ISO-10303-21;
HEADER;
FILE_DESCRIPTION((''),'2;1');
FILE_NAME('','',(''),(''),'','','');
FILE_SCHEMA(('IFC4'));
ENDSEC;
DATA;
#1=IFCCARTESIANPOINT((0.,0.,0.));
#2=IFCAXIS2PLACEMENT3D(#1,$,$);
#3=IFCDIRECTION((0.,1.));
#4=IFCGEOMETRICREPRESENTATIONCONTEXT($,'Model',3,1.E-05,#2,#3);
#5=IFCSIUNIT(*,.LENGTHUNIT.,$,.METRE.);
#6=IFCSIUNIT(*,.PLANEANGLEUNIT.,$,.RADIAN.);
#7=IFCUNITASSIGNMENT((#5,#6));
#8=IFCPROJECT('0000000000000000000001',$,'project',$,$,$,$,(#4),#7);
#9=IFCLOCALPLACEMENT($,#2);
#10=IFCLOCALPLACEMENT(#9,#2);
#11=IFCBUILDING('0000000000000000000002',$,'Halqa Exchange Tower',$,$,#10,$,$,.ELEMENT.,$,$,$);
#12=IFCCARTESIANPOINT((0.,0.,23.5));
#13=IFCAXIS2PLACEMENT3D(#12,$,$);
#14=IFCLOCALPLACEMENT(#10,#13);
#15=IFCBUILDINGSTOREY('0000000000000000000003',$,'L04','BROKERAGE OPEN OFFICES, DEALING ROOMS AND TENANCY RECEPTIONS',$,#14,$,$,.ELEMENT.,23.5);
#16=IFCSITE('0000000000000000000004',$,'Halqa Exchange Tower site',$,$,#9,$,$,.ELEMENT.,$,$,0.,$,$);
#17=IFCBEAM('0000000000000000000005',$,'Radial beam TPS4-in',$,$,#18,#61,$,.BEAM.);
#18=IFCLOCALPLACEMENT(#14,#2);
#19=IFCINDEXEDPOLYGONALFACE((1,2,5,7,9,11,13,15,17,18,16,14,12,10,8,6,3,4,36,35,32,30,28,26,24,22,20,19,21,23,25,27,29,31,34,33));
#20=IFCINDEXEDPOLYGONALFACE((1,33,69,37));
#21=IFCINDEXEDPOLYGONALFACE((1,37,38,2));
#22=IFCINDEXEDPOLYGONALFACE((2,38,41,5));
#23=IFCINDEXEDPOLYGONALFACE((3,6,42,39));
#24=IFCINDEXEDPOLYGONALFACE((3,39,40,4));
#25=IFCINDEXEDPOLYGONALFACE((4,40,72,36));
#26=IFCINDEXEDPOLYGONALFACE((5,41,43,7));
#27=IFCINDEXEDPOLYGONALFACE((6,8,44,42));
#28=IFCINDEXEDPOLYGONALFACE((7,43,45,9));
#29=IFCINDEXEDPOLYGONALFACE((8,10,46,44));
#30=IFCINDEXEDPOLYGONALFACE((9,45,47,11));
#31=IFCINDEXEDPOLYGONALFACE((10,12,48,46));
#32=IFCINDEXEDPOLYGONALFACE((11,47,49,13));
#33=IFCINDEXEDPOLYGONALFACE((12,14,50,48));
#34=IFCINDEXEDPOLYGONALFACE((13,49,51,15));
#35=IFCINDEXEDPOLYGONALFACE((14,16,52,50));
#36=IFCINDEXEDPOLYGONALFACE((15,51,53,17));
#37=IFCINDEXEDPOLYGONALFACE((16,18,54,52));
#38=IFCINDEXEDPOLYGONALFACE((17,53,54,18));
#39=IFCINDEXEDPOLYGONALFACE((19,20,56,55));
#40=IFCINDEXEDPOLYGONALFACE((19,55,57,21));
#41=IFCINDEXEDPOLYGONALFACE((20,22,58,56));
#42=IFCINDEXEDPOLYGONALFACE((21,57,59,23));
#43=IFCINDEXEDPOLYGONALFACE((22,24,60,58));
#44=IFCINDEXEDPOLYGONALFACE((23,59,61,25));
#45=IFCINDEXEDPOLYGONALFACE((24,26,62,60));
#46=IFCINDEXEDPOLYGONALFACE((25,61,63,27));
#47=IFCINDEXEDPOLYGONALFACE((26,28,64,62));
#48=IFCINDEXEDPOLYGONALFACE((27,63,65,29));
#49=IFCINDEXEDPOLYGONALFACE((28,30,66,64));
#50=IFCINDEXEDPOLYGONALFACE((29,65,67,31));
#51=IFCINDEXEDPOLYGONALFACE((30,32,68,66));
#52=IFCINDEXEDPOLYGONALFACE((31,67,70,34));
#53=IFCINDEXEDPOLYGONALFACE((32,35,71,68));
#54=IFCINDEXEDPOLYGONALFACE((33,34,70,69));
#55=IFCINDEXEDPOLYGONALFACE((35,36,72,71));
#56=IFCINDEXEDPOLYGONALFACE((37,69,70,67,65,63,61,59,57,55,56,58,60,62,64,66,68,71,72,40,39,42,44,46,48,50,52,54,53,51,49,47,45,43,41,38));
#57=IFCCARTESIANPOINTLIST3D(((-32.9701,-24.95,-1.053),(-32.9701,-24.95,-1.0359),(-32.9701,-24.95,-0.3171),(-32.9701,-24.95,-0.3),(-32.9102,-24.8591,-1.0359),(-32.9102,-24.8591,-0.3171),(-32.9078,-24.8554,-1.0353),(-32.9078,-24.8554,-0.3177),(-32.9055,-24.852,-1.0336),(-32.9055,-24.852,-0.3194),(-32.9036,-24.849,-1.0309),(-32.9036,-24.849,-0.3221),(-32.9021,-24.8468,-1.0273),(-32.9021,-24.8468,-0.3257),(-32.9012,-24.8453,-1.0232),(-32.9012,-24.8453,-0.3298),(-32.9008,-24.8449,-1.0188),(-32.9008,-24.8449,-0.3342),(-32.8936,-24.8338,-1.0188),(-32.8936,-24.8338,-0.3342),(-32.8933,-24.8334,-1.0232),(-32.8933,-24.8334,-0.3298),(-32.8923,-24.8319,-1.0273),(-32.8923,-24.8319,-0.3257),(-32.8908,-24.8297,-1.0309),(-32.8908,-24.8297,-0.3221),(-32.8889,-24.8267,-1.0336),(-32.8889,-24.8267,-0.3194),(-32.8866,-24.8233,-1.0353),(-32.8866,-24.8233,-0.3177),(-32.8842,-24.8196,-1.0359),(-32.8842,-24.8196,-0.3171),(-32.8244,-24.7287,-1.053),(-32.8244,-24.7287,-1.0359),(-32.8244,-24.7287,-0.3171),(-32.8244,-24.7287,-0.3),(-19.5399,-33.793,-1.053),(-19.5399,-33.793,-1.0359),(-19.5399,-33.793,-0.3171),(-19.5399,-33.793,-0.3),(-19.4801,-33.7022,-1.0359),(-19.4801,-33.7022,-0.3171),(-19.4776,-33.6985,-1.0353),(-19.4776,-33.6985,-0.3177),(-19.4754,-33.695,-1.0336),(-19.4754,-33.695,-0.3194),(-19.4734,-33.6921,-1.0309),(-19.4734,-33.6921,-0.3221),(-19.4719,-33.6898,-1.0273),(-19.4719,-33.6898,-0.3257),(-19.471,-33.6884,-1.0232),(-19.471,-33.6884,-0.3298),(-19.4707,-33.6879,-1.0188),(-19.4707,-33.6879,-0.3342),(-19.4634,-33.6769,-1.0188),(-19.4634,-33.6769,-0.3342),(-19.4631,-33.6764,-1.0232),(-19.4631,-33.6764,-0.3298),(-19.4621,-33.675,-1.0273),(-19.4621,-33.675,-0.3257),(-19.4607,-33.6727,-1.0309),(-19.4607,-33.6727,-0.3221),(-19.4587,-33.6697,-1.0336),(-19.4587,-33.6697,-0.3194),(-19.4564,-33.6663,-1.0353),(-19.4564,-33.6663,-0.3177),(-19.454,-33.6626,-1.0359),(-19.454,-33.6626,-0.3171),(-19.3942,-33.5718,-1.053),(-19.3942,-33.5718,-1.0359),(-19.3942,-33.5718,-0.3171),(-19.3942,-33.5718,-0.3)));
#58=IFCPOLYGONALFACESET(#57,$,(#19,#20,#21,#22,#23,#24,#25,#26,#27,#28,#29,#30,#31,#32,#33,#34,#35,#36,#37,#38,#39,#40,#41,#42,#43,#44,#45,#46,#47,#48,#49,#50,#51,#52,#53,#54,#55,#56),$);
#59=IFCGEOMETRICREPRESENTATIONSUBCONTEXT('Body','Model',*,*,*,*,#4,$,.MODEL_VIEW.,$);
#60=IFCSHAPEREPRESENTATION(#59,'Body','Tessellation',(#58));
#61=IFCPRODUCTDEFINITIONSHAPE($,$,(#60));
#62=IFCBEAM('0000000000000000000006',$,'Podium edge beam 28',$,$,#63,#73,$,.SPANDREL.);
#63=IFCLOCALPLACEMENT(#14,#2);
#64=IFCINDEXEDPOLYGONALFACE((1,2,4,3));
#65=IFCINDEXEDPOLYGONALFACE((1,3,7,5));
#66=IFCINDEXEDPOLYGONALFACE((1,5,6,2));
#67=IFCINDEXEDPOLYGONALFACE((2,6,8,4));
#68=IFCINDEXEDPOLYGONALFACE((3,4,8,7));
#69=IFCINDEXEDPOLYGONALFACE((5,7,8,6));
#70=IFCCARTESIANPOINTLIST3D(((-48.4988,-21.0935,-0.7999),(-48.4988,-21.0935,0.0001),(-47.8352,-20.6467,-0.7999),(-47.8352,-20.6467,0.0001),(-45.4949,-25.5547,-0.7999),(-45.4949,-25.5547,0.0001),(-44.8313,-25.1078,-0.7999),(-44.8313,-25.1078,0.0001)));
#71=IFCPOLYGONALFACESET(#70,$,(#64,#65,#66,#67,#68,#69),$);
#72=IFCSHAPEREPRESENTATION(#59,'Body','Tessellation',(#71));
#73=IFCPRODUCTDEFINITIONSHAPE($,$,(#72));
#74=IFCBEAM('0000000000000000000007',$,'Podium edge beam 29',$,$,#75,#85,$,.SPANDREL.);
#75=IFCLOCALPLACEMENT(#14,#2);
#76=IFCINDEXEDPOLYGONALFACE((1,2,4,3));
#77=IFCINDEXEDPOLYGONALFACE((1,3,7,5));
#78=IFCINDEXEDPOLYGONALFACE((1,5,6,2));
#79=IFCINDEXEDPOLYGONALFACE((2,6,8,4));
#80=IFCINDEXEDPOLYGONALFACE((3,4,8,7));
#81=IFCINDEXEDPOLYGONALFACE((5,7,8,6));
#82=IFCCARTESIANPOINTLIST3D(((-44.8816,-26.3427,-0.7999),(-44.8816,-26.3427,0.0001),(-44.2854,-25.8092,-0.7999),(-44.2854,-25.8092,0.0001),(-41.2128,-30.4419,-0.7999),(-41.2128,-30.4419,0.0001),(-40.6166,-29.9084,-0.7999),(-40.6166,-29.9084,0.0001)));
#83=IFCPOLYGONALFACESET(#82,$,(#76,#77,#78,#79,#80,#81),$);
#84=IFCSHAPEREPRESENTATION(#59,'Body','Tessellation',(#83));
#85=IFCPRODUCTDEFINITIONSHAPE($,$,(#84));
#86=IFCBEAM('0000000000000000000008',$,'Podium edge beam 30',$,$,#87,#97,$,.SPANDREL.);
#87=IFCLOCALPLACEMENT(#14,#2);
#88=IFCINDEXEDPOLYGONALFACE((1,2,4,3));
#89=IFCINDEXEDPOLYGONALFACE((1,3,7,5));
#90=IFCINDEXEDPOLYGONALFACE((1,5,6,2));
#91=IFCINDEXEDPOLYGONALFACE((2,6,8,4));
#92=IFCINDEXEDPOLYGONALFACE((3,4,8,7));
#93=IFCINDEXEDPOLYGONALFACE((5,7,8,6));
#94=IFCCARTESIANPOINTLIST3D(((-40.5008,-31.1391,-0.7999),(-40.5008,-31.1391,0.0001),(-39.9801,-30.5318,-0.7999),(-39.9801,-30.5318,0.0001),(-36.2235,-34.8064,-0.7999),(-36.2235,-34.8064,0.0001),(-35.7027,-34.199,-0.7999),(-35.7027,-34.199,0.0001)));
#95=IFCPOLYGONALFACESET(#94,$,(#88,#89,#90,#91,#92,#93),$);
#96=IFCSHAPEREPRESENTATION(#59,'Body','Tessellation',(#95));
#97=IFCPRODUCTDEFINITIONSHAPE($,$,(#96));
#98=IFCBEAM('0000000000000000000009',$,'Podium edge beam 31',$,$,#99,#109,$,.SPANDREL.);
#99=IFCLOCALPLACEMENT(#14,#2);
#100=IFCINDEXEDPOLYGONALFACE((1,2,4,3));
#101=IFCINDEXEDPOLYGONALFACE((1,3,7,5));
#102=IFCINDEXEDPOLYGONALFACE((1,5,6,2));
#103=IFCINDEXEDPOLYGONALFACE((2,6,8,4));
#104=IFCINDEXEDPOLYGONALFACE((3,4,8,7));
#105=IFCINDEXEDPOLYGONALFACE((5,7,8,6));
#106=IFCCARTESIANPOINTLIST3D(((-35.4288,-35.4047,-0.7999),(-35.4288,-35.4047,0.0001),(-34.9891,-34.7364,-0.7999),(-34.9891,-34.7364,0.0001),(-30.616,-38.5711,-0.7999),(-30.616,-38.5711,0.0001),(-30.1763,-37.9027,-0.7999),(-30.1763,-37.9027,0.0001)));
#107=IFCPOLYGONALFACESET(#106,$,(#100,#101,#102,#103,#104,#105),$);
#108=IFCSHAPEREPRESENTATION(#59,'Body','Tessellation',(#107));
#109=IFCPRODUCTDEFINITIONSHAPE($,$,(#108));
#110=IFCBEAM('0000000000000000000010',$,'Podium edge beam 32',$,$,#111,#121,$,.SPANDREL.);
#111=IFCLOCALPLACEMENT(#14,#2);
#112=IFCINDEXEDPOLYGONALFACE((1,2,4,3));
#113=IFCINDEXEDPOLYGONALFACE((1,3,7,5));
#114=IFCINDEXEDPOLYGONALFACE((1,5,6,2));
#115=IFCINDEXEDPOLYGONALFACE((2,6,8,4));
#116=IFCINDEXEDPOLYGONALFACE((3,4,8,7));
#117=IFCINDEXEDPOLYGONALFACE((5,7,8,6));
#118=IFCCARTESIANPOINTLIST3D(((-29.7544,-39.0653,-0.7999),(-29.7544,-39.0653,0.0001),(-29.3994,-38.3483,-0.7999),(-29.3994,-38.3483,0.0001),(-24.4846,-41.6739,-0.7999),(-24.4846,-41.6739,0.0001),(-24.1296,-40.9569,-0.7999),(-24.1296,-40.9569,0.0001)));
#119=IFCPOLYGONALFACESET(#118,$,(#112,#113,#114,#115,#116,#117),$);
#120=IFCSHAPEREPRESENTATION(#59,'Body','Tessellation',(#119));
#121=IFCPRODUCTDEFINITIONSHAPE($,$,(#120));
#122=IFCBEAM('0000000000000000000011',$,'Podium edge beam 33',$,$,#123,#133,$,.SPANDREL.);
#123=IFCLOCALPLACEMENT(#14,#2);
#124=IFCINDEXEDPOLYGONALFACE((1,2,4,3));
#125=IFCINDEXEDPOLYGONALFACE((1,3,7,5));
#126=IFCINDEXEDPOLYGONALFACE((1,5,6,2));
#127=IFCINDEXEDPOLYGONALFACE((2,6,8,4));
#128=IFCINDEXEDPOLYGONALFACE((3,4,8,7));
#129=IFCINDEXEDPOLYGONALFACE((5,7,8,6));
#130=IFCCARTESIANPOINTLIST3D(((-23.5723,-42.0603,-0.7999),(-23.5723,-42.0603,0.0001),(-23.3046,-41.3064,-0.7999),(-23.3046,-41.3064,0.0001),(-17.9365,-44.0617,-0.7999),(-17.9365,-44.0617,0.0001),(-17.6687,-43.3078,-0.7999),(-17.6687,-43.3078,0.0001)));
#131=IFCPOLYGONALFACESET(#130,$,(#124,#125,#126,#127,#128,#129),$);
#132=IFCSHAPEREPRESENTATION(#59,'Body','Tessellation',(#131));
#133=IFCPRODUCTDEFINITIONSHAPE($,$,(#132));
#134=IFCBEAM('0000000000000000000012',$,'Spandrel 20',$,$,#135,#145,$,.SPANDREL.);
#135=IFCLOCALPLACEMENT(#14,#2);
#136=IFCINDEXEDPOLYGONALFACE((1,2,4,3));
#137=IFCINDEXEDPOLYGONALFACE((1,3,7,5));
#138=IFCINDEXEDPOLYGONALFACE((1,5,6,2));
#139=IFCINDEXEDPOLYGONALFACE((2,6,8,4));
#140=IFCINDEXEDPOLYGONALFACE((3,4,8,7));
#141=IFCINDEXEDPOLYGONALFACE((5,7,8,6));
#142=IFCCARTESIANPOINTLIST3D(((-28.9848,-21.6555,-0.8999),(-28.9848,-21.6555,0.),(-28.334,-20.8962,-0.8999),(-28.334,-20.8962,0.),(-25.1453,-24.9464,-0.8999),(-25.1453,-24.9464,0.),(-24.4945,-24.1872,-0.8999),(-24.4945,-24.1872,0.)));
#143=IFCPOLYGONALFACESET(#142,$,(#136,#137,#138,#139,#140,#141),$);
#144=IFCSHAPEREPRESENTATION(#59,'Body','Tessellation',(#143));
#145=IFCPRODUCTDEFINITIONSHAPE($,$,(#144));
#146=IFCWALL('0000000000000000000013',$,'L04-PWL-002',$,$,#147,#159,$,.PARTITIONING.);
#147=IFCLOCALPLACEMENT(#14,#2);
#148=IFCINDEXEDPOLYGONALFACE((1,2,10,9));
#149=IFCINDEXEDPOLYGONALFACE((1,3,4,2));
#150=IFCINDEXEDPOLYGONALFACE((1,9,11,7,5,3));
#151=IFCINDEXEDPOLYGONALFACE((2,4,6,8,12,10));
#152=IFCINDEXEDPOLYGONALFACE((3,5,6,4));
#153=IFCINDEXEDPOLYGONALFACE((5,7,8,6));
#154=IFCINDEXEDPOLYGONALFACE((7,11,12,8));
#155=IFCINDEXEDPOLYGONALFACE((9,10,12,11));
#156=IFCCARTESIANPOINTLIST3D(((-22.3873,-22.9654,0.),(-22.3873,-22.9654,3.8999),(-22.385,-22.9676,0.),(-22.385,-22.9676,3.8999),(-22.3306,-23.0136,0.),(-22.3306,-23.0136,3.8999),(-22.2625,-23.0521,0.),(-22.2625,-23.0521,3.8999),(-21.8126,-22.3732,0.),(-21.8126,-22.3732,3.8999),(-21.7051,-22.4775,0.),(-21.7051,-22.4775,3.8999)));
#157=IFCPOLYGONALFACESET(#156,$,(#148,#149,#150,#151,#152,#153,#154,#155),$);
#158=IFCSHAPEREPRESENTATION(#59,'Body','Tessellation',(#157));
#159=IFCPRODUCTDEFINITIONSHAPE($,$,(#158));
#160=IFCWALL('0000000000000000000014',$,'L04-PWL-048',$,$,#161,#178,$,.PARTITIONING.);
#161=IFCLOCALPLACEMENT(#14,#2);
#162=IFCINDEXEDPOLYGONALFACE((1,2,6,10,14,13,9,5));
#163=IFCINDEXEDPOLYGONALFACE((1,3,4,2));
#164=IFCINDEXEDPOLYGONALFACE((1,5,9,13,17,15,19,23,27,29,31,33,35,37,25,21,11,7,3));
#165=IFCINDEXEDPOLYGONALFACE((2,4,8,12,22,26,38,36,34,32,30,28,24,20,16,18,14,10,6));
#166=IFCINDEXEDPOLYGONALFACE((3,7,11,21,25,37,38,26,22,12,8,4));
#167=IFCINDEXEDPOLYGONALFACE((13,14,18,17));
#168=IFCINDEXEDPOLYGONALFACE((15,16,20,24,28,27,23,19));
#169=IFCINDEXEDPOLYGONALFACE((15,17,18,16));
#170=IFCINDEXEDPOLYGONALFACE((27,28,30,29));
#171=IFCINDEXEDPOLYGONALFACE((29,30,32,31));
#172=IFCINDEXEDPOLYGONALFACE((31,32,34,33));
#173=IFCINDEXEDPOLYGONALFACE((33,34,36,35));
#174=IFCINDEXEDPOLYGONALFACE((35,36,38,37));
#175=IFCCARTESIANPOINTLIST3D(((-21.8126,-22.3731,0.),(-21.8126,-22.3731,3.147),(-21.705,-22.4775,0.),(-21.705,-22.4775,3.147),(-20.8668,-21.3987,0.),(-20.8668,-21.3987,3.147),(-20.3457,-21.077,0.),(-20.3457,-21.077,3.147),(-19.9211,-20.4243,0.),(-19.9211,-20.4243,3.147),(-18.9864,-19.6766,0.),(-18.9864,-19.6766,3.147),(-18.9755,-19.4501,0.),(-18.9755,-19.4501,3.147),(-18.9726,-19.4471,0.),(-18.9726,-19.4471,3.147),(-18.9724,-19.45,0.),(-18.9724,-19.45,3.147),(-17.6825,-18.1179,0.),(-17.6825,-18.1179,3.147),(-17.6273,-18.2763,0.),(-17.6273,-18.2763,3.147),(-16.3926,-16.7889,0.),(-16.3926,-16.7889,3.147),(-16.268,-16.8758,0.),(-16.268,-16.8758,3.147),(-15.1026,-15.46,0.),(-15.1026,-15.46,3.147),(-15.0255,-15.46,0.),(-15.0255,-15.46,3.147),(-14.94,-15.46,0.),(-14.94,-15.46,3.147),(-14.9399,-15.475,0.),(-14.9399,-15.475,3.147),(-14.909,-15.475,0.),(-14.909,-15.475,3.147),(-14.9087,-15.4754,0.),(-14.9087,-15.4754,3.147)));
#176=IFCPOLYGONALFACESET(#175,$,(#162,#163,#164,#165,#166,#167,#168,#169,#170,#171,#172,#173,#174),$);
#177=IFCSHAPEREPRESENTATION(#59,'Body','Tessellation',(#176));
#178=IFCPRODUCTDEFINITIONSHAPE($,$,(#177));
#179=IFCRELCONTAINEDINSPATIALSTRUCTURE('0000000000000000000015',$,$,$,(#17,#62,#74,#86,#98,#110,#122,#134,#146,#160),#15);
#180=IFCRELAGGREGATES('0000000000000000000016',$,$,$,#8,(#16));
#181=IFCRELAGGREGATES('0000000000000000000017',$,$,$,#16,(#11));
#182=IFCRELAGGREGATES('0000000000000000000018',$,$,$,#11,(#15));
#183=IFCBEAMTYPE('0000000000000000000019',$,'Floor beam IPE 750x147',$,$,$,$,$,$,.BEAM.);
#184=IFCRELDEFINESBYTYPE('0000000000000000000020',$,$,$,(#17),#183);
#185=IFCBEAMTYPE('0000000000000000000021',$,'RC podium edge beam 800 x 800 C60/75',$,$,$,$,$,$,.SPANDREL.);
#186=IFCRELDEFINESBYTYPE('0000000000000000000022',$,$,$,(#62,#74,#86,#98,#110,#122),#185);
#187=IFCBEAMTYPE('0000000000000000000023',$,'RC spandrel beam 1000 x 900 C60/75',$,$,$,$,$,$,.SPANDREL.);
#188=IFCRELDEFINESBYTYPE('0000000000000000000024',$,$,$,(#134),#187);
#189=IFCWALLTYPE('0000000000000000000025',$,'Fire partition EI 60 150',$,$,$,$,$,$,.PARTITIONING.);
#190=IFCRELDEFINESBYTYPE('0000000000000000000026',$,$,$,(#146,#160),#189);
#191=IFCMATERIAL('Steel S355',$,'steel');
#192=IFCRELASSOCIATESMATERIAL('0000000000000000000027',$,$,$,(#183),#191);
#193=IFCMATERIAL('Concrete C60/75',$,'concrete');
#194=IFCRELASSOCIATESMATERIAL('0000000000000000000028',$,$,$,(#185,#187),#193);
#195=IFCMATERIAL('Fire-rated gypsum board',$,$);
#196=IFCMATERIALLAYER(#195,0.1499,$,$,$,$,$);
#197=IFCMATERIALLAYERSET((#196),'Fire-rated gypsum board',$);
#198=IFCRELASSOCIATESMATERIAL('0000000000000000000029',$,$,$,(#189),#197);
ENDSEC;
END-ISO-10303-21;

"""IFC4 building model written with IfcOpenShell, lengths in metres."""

from ifc_helpers import new_model, si_unit, direction, frame, origin, origin_2d, place, context, subcontext, project, spatial, polyline, rectangle, i_section, outline, extrude, material, layer, layer_set, material_profile, profile_set, type_object, element, save


model = new_model("IFC4")

# Units and contexts
model_context = context("Model", 3, precision=1e-05, world=origin(), true_north=direction((0.0, 1.0)))
body_context = subcontext(model_context, "Body", "Model", "MODEL_VIEW")
ifc_project = project(units=[si_unit("LENGTHUNIT", "METRE"), si_unit("PLANEANGLEUNIT", "RADIAN")], contexts=[model_context])

# Site, building, storey
site_placement = place(None, origin())
site = spatial("IfcSite", under=ifc_project, at=site_placement, Name="Halqa Exchange Tower site", CompositionType="ELEMENT", RefElevation=0.0)
building_placement = place(site_placement, origin())
building = spatial("IfcBuilding", under=site, at=building_placement, Name="Halqa Exchange Tower", CompositionType="ELEMENT")
storey_placement = place(building_placement, frame((0.0, 0.0, 23.5)))
storey = spatial("IfcBuildingStorey", under=building, at=storey_placement, Name="L04", Description="BROKERAGE OPEN OFFICES, DEALING ROOMS AND TENANCY RECEPTIONS", CompositionType="ELEMENT", Elevation=23.5)

# Beams
ifc_material_1 = material(Name="Steel S355", Category="steel")
ifc_material_profile_1 = material_profile(ifc_material_1, i_section(OverallWidth=0.2649, OverallDepth=0.7529, WebThickness=0.0132, FlangeThickness=0.0171, FilletRadius=0.0171, at=origin_2d()), Name="IPE 750x147")
ifc_profile_set_1 = profile_set([ifc_material_profile_1], Name="Steel S355")
beam_type_1 = type_object("IfcBeamType", Name="Floor beam IPE 750x147", PredefinedType="BEAM", material=ifc_profile_set_1)
beam_1_placement = place(storey_placement, frame((-32.8972, -24.8394, -0.6765), z_axis=(0.835206, -0.549937, 0.0), x_axis=(0.549937, 0.835206, 0.0)))
element("IfcBeam", 1, at=beam_1_placement, inside=storey, type_object=beam_type_1, Name="Radial beam TPS4-in", PredefinedType="BEAM", context=body_context, shape_type="SweptSolid", body=[
    extrude(i_section(OverallWidth=0.2649, OverallDepth=0.7529, WebThickness=0.0132, FlangeThickness=0.0171, FilletRadius=0.0171, at=origin_2d()), origin(), (0.0, 0.0, 1.0), 16.0801),
])
ifc_material_2 = material(Name="Concrete C60/75", Category="concrete")
ifc_material_profile_2 = material_profile(ifc_material_2, rectangle(XDim=0.8, YDim=0.8, at=origin_2d()), Name="800 x 800")
ifc_profile_set_2 = profile_set([ifc_material_profile_2], Name="Concrete C60/75")
beam_type_2 = type_object("IfcBeamType", Name="RC podium edge beam 800 x 800 C60/75", PredefinedType="SPANDREL", material=ifc_profile_set_2)
beam_2_placement = place(storey_placement, frame((-48.167, -20.8701, -0.3999), z_axis=(0.558528, -0.829485, 0.0), x_axis=(0.829485, 0.558528, 0.0)))
element("IfcBeam", 2, at=beam_2_placement, inside=storey, type_object=beam_type_2, Name="Podium edge beam 28", PredefinedType="SPANDREL", context=body_context, shape_type="SweptSolid", body=[
    extrude(rectangle(XDim=0.8, YDim=0.8, at=origin_2d()), origin(), (0.0, 0.0, 1.0), 5.3782),
])
beam_3_placement = place(storey_placement, frame((-44.5835, -26.0759, -0.3999), z_axis=(0.666903, -0.745145, 0.0), x_axis=(0.745145, 0.666903, 0.0)))
element("IfcBeam", 3, at=beam_3_placement, inside=storey, type_object=beam_type_2, Name="Podium edge beam 29", PredefinedType="SPANDREL", context=body_context, shape_type="SweptSolid", body=[
    extrude(rectangle(XDim=0.8, YDim=0.8, at=origin_2d()), origin(), (0.0, 0.0, 1.0), 5.5012),
])
beam_4_placement = place(storey_placement, frame((-40.2405, -30.8354, -0.3999), z_axis=(0.759174, -0.650888, 0.0), x_axis=(0.650888, 0.759174, 0.0)))
element("IfcBeam", 4, at=beam_4_placement, inside=storey, type_object=beam_type_2, Name="Podium edge beam 30", PredefinedType="SPANDREL", context=body_context, shape_type="SweptSolid", body=[
    extrude(rectangle(XDim=0.8, YDim=0.8, at=origin_2d()), origin(), (0.0, 0.0, 1.0), 5.6343),
])
beam_5_placement = place(storey_placement, frame((-35.209, -35.0706, -0.3999), z_axis=(0.835419, -0.549614, 0.0), x_axis=(0.549614, 0.835419, 0.0)))
element("IfcBeam", 5, at=beam_5_placement, inside=storey, type_object=beam_type_2, Name="Podium edge beam 31", PredefinedType="SPANDREL", context=body_context, shape_type="SweptSolid", body=[
    extrude(rectangle(XDim=0.8, YDim=0.8, at=origin_2d()), origin(), (0.0, 0.0, 1.0), 5.761),
])
beam_6_placement = place(storey_placement, frame((-29.5769, -38.7068, -0.3999), z_axis=(0.896205, -0.443639, 0.0), x_axis=(0.443639, 0.896205, 0.0)))
element("IfcBeam", 6, at=beam_6_placement, inside=storey, type_object=beam_type_2, Name="Podium edge beam 32", PredefinedType="SPANDREL", context=body_context, shape_type="SweptSolid", body=[
    extrude(rectangle(XDim=0.8, YDim=0.8, at=origin_2d()), origin(), (0.0, 0.0, 1.0), 5.8801),
])
beam_7_placement = place(storey_placement, frame((-23.4385, -41.6833, -0.3999), z_axis=(0.942343, -0.334647, 0.0), x_axis=(0.334647, 0.942343, 0.0)))
element("IfcBeam", 7, at=beam_7_placement, inside=storey, type_object=beam_type_2, Name="Podium edge beam 33", PredefinedType="SPANDREL", context=body_context, shape_type="SweptSolid", body=[
    extrude(rectangle(XDim=0.8, YDim=0.8, at=origin_2d()), origin(), (0.0, 0.0, 1.0), 5.9807),
])
ifc_material_profile_3 = material_profile(ifc_material_2, rectangle(XDim=1.0, YDim=0.8999, at=origin_2d()), Name="1000 x 900")
ifc_profile_set_3 = profile_set([ifc_material_profile_3], Name="Concrete C60/75")
beam_type_3 = type_object("IfcBeamType", Name="RC spandrel beam 1000 x 900 C60/75", PredefinedType="SPANDREL", material=ifc_profile_set_3)
beam_8_placement = place(storey_placement, frame((-28.6594, -21.2759, -0.45), z_axis=(0.759263, -0.650783, 0.0), x_axis=(0.650783, 0.759263, 0.0)))
element("IfcBeam", 8, at=beam_8_placement, inside=storey, type_object=beam_type_3, Name="Spandrel 20", PredefinedType="SPANDREL", context=body_context, shape_type="SweptSolid", body=[
    extrude(rectangle(XDim=1.0, YDim=0.8999, at=origin_2d()), origin(), (0.0, 0.0, 1.0), 5.0569),
])

# Walls
ifc_material_3 = material(Name="Fire-rated gypsum board")
ifc_layer_1 = layer(ifc_material_3, 0.1499)
ifc_layer_set_1 = layer_set([ifc_layer_1], Name="Fire-rated gypsum board")
wall_type_1 = type_object("IfcWallType", Name="Fire partition EI 60 150", PredefinedType="PARTITIONING", material=ifc_layer_set_1)
wall_1_placement = place(storey_placement, frame((-22.3335, -23.0176, 0.0), z_axis=(0.0, 0.0, 1.0), x_axis=(0.696377, 0.717676, 0.0)))
element("IfcWall", 9, at=wall_1_placement, inside=storey, type_object=wall_type_1, Name="L04-PWL-002", PredefinedType="PARTITIONING", context=body_context, shape_type="SweptSolid", body=[
    extrude(outline(polyline([(0.0, 0.075), (0.0, 0.0718), (0.0049, 0.0007), (0.0247, -0.075), (0.8252, -0.075), (0.8252, 0.075), (0.0, 0.075)])), origin(), (0.0, 0.0, 1.0), 3.8999),
])
wall_2_placement = place(storey_placement, frame((-21.7588, -22.4253, 0.0), z_axis=(0.0, 0.0, 1.0), x_axis=(0.696483, 0.717574, 0.0)))
element("IfcWall", 10, at=wall_2_placement, inside=storey, type_object=wall_type_1, Name="L04-PWL-048", PredefinedType="PARTITIONING", context=body_context, shape_type="SweptSolid", body=[
    extrude(outline(polyline([(9.7581, -0.075), (9.7581, -0.0745), (9.7366, -0.0522), (9.7473, -0.0417), (9.6877, 0.0195), (9.6877, 0.0195), (9.634, 0.075), (7.782, 0.075), (5.9299, 0.075), (4.0776, 0.075), (4.0757, 0.0728), (4.0735, 0.075), (2.7158, 0.075), (1.3579, 0.075), (0.0, 0.075), (0.0, -0.075), (1.9517, -0.075), (3.9033, -0.075), (5.8547, -0.075), (7.8064, -0.075), (9.7581, -0.075)])), origin(), (0.0, 0.0, 1.0), 3.147),
])

save(model, "model.ifc")
